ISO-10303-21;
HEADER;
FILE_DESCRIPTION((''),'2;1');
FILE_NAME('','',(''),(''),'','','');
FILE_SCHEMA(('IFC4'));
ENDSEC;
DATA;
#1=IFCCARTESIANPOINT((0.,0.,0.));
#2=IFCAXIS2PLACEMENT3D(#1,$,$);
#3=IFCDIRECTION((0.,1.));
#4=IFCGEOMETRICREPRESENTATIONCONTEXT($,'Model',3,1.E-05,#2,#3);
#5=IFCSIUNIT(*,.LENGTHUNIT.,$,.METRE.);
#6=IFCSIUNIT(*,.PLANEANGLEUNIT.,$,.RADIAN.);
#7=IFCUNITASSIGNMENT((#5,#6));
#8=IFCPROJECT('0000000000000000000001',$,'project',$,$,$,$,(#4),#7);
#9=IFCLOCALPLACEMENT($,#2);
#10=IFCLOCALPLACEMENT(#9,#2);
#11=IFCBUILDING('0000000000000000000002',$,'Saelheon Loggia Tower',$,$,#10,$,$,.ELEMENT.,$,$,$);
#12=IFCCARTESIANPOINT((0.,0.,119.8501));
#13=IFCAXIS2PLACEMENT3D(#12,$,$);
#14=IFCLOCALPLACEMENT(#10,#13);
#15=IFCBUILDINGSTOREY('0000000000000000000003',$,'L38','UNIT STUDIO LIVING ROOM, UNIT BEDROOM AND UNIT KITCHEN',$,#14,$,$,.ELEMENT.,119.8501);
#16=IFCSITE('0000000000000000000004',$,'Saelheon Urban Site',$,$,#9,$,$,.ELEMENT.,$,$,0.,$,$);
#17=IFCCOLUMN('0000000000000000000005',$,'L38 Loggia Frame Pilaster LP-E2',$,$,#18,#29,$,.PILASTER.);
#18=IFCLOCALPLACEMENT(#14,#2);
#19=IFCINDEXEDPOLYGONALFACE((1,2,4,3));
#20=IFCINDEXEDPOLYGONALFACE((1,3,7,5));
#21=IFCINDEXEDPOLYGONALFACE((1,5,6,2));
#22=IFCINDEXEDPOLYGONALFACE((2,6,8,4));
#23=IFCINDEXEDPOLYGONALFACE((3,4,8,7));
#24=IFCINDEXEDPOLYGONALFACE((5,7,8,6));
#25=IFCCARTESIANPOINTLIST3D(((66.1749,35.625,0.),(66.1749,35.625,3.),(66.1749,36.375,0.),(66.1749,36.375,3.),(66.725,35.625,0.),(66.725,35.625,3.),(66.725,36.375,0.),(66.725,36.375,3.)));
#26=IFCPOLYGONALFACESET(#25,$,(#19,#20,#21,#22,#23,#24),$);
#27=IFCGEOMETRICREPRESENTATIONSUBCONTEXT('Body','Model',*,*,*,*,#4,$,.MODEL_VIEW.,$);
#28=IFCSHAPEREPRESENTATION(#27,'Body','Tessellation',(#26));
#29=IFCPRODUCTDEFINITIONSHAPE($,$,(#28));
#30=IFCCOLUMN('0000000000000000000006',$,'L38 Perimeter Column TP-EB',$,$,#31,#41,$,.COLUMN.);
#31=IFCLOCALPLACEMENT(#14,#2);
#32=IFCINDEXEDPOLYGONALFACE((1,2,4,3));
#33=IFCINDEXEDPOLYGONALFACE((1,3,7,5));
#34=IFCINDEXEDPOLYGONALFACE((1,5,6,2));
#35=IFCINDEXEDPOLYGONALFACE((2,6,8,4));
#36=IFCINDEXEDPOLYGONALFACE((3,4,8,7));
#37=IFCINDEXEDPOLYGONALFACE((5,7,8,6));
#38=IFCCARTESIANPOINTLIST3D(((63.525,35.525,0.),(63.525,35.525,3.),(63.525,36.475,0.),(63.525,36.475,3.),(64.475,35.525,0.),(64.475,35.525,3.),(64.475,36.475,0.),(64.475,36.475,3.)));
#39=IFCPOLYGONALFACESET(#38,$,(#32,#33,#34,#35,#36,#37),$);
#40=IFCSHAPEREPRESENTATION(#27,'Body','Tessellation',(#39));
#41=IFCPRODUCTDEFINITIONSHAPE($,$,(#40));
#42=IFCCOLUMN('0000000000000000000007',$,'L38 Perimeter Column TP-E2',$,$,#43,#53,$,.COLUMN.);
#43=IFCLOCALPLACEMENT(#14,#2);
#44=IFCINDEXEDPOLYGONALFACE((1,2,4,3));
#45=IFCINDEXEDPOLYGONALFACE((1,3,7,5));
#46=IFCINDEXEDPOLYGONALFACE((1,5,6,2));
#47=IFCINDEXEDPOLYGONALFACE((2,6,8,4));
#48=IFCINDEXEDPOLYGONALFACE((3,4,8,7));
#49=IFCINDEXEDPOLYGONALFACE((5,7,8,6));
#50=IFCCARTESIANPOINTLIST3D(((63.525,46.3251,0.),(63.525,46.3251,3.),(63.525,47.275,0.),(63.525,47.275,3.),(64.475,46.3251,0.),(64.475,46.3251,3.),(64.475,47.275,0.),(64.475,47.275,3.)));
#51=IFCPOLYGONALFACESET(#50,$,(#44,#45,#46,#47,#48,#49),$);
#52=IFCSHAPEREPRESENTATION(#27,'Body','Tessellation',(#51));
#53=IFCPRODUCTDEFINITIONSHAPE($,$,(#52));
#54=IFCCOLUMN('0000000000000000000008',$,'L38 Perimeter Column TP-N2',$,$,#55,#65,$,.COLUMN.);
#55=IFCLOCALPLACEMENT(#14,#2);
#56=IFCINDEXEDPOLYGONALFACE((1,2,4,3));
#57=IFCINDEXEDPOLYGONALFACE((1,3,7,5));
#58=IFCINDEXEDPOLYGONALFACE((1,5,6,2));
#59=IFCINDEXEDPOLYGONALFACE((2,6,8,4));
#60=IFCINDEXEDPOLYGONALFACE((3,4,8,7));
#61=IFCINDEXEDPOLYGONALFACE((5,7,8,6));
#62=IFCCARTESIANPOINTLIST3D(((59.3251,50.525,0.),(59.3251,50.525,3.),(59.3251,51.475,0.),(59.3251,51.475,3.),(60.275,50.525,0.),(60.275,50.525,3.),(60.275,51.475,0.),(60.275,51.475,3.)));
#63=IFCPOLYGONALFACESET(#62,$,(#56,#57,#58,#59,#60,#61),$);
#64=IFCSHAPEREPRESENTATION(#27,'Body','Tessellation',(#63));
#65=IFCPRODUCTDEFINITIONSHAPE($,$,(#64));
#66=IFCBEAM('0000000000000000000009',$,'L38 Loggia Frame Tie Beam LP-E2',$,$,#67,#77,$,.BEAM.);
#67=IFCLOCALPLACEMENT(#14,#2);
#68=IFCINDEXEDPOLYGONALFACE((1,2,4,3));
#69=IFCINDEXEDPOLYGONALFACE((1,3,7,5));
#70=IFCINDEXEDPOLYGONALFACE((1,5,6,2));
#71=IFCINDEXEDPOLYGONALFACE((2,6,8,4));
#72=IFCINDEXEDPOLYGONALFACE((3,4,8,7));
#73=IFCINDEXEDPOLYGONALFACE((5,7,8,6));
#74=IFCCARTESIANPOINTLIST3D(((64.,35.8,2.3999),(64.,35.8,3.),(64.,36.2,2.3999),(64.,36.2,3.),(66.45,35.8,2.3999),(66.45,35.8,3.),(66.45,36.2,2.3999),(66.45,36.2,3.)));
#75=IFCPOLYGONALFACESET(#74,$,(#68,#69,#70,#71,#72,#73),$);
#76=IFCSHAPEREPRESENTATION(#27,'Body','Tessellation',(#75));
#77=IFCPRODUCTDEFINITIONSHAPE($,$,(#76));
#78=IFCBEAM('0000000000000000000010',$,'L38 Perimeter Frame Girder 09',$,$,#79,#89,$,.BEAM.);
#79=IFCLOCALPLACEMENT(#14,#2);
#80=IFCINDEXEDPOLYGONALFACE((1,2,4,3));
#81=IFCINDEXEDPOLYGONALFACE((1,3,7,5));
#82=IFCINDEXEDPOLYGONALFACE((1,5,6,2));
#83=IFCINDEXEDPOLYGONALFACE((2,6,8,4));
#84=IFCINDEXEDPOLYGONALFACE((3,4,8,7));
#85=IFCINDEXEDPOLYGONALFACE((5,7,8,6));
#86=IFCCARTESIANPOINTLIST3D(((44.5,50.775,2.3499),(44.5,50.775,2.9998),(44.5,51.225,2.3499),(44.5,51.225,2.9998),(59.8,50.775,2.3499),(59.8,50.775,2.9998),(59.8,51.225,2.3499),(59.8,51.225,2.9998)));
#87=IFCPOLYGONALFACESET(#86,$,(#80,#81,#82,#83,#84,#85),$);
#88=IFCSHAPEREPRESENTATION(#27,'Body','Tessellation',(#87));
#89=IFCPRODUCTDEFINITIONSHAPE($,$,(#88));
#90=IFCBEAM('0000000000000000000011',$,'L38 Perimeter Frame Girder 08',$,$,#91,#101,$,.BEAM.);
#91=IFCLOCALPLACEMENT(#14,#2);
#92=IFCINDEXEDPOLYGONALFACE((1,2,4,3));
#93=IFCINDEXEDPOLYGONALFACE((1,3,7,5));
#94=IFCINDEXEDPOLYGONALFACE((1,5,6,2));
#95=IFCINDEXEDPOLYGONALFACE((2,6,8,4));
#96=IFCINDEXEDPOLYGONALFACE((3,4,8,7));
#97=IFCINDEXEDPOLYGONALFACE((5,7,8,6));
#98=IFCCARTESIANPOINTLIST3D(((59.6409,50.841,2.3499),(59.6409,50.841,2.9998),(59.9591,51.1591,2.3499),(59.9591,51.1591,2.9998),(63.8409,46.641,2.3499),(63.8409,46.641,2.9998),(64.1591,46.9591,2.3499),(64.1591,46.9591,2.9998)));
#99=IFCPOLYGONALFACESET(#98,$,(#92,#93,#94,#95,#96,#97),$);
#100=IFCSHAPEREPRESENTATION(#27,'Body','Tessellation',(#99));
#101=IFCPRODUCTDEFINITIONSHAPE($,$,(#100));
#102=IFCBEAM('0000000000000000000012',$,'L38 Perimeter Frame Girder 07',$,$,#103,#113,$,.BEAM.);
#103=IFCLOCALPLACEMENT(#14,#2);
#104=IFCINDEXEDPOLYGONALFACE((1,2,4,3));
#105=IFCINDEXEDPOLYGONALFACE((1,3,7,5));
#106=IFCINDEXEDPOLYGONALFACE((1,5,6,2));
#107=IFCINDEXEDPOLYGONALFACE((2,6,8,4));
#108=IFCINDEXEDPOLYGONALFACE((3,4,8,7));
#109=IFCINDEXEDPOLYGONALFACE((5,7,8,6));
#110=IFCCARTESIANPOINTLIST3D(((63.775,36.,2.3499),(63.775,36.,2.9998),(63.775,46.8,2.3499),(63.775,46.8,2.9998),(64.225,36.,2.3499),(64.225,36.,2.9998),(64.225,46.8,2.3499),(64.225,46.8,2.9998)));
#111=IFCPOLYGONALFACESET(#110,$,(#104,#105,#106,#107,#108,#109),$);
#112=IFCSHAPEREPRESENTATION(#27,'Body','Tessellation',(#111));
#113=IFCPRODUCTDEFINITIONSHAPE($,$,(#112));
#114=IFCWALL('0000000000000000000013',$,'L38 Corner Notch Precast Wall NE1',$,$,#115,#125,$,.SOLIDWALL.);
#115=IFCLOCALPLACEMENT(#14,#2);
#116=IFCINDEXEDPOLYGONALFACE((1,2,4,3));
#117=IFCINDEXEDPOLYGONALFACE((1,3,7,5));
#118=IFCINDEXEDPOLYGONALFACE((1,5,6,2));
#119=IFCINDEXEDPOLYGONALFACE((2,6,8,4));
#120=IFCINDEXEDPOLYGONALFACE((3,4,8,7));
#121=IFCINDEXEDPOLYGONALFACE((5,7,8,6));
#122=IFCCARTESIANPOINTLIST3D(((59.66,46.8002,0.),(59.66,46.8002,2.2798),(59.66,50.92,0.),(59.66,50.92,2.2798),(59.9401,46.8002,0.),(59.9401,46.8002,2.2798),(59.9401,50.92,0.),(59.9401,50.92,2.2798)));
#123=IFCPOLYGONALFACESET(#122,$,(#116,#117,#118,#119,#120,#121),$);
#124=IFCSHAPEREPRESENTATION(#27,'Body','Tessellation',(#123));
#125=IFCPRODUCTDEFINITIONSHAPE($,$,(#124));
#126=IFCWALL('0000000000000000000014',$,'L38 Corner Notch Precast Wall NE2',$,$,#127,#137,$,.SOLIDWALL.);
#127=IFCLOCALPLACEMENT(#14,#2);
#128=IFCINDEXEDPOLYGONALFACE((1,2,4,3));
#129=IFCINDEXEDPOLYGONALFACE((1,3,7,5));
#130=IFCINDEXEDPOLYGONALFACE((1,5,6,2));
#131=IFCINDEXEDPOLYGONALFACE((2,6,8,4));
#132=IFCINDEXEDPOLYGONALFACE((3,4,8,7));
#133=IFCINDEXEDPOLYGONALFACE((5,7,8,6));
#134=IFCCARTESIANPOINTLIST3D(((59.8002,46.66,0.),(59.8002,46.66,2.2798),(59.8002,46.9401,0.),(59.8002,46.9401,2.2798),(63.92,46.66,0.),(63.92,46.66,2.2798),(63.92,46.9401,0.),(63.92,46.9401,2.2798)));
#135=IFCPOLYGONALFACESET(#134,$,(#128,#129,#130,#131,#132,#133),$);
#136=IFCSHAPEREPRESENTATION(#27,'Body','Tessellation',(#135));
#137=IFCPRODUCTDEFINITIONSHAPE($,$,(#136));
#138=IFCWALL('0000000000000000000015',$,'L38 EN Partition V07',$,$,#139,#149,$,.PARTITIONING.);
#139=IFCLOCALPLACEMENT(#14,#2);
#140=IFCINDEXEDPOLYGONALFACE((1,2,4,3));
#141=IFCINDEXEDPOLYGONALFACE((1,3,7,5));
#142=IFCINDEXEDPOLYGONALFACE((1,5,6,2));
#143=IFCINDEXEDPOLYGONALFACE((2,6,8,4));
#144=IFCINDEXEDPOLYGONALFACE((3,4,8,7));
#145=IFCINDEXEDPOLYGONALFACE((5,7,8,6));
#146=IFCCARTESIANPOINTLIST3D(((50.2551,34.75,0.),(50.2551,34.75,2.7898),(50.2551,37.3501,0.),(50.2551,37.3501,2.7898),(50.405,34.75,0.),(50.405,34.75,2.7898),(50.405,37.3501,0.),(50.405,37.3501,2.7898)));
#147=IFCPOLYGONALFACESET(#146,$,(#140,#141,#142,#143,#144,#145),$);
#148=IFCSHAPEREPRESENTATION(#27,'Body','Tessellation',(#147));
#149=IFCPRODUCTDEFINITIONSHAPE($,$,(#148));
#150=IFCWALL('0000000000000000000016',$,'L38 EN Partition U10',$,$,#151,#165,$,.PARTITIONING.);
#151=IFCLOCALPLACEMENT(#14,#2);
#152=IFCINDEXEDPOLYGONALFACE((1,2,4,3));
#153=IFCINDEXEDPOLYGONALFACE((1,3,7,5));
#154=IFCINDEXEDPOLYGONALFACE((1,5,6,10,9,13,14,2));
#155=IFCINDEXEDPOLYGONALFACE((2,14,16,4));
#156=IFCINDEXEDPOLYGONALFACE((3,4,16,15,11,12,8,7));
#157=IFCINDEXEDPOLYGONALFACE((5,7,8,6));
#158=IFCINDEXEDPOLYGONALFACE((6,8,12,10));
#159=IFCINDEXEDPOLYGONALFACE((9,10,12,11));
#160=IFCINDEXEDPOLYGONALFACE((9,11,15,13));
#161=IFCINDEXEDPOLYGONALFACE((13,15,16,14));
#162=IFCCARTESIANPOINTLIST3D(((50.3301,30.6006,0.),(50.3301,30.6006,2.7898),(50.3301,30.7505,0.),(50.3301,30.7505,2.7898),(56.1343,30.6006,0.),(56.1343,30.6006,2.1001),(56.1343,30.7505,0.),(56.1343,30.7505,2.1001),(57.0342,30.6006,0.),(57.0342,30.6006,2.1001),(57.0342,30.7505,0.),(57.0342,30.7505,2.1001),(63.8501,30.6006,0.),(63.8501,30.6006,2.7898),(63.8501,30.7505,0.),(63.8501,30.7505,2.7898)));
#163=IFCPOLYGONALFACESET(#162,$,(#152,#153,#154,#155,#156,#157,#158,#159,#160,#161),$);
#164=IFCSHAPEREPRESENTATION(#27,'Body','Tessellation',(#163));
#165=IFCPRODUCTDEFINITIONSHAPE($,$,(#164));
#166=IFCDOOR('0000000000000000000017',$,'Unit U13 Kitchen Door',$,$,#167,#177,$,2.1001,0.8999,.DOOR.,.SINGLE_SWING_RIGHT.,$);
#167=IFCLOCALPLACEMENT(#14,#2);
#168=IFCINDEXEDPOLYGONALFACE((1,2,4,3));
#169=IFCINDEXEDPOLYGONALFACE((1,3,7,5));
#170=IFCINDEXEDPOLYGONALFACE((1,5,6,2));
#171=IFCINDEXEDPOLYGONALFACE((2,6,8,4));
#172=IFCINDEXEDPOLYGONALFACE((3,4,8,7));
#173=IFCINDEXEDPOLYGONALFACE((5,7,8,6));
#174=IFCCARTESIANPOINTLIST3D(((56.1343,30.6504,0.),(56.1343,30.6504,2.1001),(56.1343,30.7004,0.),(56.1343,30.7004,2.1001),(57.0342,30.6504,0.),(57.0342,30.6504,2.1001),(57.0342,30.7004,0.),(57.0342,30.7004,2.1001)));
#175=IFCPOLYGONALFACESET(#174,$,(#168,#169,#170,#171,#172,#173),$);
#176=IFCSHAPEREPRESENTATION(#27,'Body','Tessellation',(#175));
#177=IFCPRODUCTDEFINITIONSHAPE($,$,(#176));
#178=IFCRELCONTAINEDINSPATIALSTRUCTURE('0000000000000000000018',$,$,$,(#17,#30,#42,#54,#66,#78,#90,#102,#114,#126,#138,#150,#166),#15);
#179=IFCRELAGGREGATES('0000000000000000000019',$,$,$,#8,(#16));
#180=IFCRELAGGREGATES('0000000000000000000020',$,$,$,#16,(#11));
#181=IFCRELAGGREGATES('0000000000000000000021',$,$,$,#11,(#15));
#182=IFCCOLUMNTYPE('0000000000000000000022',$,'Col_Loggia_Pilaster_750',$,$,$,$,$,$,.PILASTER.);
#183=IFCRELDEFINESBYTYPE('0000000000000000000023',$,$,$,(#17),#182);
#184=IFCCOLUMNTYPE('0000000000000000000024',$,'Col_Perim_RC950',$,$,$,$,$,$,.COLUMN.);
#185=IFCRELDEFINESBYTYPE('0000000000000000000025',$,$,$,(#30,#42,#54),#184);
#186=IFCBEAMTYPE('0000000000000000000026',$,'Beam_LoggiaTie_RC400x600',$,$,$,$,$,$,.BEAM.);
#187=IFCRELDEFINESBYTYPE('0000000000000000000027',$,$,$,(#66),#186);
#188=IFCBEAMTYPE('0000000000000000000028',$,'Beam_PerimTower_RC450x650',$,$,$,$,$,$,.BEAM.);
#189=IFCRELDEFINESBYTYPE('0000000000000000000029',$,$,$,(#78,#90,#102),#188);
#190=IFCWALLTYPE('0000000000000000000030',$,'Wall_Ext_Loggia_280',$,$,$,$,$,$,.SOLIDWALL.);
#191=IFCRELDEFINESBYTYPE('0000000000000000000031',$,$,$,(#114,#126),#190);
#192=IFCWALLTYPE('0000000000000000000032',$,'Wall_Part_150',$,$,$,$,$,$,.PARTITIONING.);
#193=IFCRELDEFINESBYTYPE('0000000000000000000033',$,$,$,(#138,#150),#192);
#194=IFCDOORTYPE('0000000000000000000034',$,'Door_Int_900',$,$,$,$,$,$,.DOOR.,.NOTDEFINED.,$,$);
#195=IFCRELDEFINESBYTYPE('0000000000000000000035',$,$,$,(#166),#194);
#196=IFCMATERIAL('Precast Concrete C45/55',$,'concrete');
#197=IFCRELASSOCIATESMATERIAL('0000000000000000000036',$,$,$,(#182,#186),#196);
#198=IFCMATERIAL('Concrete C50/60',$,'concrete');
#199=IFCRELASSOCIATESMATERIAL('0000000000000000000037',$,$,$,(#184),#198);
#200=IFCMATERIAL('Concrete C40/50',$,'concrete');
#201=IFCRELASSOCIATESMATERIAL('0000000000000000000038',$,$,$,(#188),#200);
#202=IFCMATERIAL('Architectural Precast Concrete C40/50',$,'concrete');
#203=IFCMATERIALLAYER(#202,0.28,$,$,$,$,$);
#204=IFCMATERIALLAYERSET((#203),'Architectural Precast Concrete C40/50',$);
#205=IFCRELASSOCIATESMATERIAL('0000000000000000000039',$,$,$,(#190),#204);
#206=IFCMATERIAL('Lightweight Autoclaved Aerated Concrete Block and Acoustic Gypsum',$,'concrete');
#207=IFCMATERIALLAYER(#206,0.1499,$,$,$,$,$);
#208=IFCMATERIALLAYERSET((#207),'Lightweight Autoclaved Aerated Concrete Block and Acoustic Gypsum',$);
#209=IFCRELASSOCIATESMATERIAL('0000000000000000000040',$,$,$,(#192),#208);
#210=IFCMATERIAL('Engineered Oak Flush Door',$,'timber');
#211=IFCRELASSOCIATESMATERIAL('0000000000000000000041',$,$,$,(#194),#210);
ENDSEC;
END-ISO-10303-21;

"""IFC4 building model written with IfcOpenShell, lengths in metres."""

from ifc_helpers import new_model, si_unit, direction, frame, frame_2d, origin, origin_2d, place, context, subcontext, project, spatial, rectangle, extrude, source, transform, mapped, material, layer, layer_set, material_profile, profile_set, type_object, element, fill, save


model = new_model("IFC4")

# Units and contexts
model_context = context("Model", 3, precision=1e-05, world=origin(), true_north=direction((0.0, 1.0)))
body_context = subcontext(model_context, "Body", "Model", "MODEL_VIEW")
ifc_project = project(units=[si_unit("LENGTHUNIT", "METRE"), si_unit("PLANEANGLEUNIT", "RADIAN")], contexts=[model_context])

# Site, building, storey
site_placement = place(None, origin())
site = spatial("IfcSite", under=ifc_project, at=site_placement, Name="Saelheon Urban Site", CompositionType="ELEMENT", RefElevation=0.0)
building_placement = place(site_placement, origin())
building = spatial("IfcBuilding", under=site, at=building_placement, Name="Saelheon Loggia Tower", CompositionType="ELEMENT")
storey_placement = place(building_placement, frame((0.0, 0.0, 119.8501)))
storey = spatial("IfcBuildingStorey", under=building, at=storey_placement, Name="L38", Description="UNIT STUDIO LIVING ROOM, UNIT BEDROOM AND UNIT KITCHEN", CompositionType="ELEMENT", Elevation=119.8501)

# Columns
ifc_material_1 = material(Name="Precast Concrete C45/55", Category="concrete")
ifc_material_profile_1 = material_profile(ifc_material_1, rectangle(XDim=0.55, YDim=0.75, at=origin_2d()), Name="RC-550x750")
ifc_profile_set_1 = profile_set([ifc_material_profile_1], Name="Precast Concrete C45/55")
column_type_1 = type_object("IfcColumnType", Name="Col_Loggia_Pilaster_750", PredefinedType="PILASTER", material=ifc_profile_set_1)
shared_shape_1 = source(origin(), body_context, "Body", "SweptSolid", [
    extrude(rectangle(XDim=0.55, YDim=0.75, at=origin_2d()), origin(), (0.0, 0.0, 1.0), 3.0),
])
column_placement = place(storey_placement, frame((66.45, 36.0, 0.0), z_axis=(0.0, 0.0, 1.0), x_axis=(1.0, 0.0, 0.0)))
element("IfcColumn", 1, at=column_placement, inside=storey, type_object=column_type_1, Name="L38 Loggia Frame Pilaster LP-E2", PredefinedType="PILASTER", context=body_context, shape_type="MappedRepresentation", body=[
    mapped(shared_shape_1, transform((0.0, 0.0, 0.0), scale=1.0)),
])
ifc_material_2 = material(Name="Concrete C50/60", Category="concrete")
ifc_material_profile_2 = material_profile(ifc_material_2, rectangle(XDim=0.95, YDim=0.95, at=origin_2d()), Name="RC-950x950")
ifc_profile_set_2 = profile_set([ifc_material_profile_2], Name="Concrete C50/60")
column_type_2 = type_object("IfcColumnType", Name="Col_Perim_RC950", PredefinedType="COLUMN", material=ifc_profile_set_2)
shared_shape_2 = source(origin(), body_context, "Body", "SweptSolid", [
    extrude(rectangle(XDim=0.95, YDim=0.95, at=origin_2d()), origin(), (0.0, 0.0, 1.0), 3.0),
])
for number, where, z_axis, x_axis, name in (
    (2, (64.0, 36.0, 0.0), (0.0, 0.0, 1.0), (1.0, 0.0, 0.0), "L38 Perimeter Column TP-EB"),
    (3, (64.0, 46.8, 0.0), (0.0, 0.0, 1.0), (1.0, 0.0, 0.0), "L38 Perimeter Column TP-E2"),
    (4, (59.8, 51.0, 0.0), (0.0, 0.0, 1.0), (1.0, 0.0, 0.0), "L38 Perimeter Column TP-N2"),
):
    element("IfcColumn", number, at=place(storey_placement, frame(where, z_axis=z_axis, x_axis=x_axis)), inside=storey, type_object=column_type_2, Name=name, PredefinedType="COLUMN", context=body_context, shape_type="MappedRepresentation", body=[
        mapped(shared_shape_2, transform((0.0, 0.0, 0.0), scale=1.0)),
    ])

# Beams
ifc_material_profile_3 = material_profile(ifc_material_1, rectangle(XDim=0.3999, YDim=0.6001, at=origin_2d()), Name="RC-400x600")
ifc_profile_set_3 = profile_set([ifc_material_profile_3], Name="Precast Concrete C45/55")
beam_type_1 = type_object("IfcBeamType", Name="Beam_LoggiaTie_RC400x600", PredefinedType="BEAM", material=ifc_profile_set_3)
shared_shape_3 = source(origin(), body_context, "Body", "SweptSolid", [
    extrude(rectangle(XDim=0.3999, YDim=0.6001, at=origin_2d()), origin(), (0.0, 0.0, 1.0), 2.45),
])
beam_1_placement = place(storey_placement, frame((64.0, 36.0, 2.7), z_axis=(1.0, 0.0, 0.0), x_axis=(0.0, 1.0, 0.0)))
element("IfcBeam", 5, at=beam_1_placement, inside=storey, type_object=beam_type_1, Name="L38 Loggia Frame Tie Beam LP-E2", PredefinedType="BEAM", context=body_context, shape_type="MappedRepresentation", body=[
    mapped(shared_shape_3, transform((0.0, 0.0, 0.0), scale=1.0)),
])
ifc_material_3 = material(Name="Concrete C40/50", Category="concrete")
ifc_material_profile_4 = material_profile(ifc_material_3, rectangle(XDim=0.45, YDim=0.6499, at=origin_2d()), Name="RC-450x650")
ifc_profile_set_4 = profile_set([ifc_material_profile_4], Name="Concrete C40/50")
beam_type_2 = type_object("IfcBeamType", Name="Beam_PerimTower_RC450x650", PredefinedType="BEAM", material=ifc_profile_set_4)
shared_shape_4 = source(origin(), body_context, "Body", "SweptSolid", [
    extrude(rectangle(XDim=0.45, YDim=0.6499, at=origin_2d()), origin(), (0.0, 0.0, 1.0), 15.3),
])
beam_2_placement = place(storey_placement, frame((59.8, 51.0, 2.6748), z_axis=(-1.0, 0.0, 0.0), x_axis=(0.0, -1.0, 0.0)))
element("IfcBeam", 6, at=beam_2_placement, inside=storey, type_object=beam_type_2, Name="L38 Perimeter Frame Girder 09", PredefinedType="BEAM", context=body_context, shape_type="MappedRepresentation", body=[
    mapped(shared_shape_4, transform((0.0, 0.0, 0.0), scale=1.0)),
])
shared_shape_5 = source(origin(), body_context, "Body", "SweptSolid", [
    extrude(rectangle(XDim=0.45, YDim=0.6499, at=origin_2d()), origin(), (0.0, 0.0, 1.0), 5.9397),
])
beam_3_placement = place(storey_placement, frame((64.0, 46.8, 2.6748), z_axis=(-0.707107, 0.707107, 0.0), x_axis=(-0.707107, -0.707107, 0.0)))
element("IfcBeam", 7, at=beam_3_placement, inside=storey, type_object=beam_type_2, Name="L38 Perimeter Frame Girder 08", PredefinedType="BEAM", context=body_context, shape_type="MappedRepresentation", body=[
    mapped(shared_shape_5, transform((0.0, 0.0, 0.0), scale=1.0)),
])
shared_shape_6 = source(origin(), body_context, "Body", "SweptSolid", [
    extrude(rectangle(XDim=0.45, YDim=0.6499, at=origin_2d()), origin(), (0.0, 0.0, 1.0), 10.8),
])
beam_4_placement = place(storey_placement, frame((64.0, 36.0, 2.6748), z_axis=(0.0, 1.0, 0.0), x_axis=(-1.0, 0.0, 0.0)))
element("IfcBeam", 8, at=beam_4_placement, inside=storey, type_object=beam_type_2, Name="L38 Perimeter Frame Girder 07", PredefinedType="BEAM", context=body_context, shape_type="MappedRepresentation", body=[
    mapped(shared_shape_6, transform((0.0, 0.0, 0.0), scale=1.0)),
])

# Walls
ifc_material_4 = material(Name="Architectural Precast Concrete C40/50", Category="concrete")
ifc_layer_1 = layer(ifc_material_4, 0.28)
ifc_layer_set_1 = layer_set([ifc_layer_1], Name="Architectural Precast Concrete C40/50")
wall_type_1 = type_object("IfcWallType", Name="Wall_Ext_Loggia_280", PredefinedType="SOLIDWALL", material=ifc_layer_set_1)
for number, where, z_axis, x_axis, name in (
    (9, (59.8, 46.8, 0.0), (0.0, 0.0, 1.0), (0.0, 1.0, 0.0), "L38 Corner Notch Precast Wall NE1"),
    (10, (59.8, 46.8, 0.0), (0.0, 0.0, 1.0), (1.0, 0.0, 0.0), "L38 Corner Notch Precast Wall NE2"),
):
    element("IfcWall", number, at=place(storey_placement, frame(where, z_axis=z_axis, x_axis=x_axis)), inside=storey, type_object=wall_type_1, Name=name, PredefinedType="SOLIDWALL", context=body_context, shape_type="SweptSolid", body=[
        extrude(rectangle(XDim=4.1199, YDim=0.28, at=frame_2d((2.0601, 0.0))), origin(), (0.0, 0.0, 1.0), 2.2798),
    ])
ifc_material_5 = material(Name="Lightweight Autoclaved Aerated Concrete Block and Acoustic Gypsum", Category="concrete")
ifc_layer_2 = layer(ifc_material_5, 0.1499)
ifc_layer_set_2 = layer_set([ifc_layer_2], Name="Lightweight Autoclaved Aerated Concrete Block and Acoustic Gypsum")
wall_type_2 = type_object("IfcWallType", Name="Wall_Part_150", PredefinedType="PARTITIONING", material=ifc_layer_set_2)
wall_1_placement = place(storey_placement, frame((50.3301, 34.75, 0.0), z_axis=(0.0, 0.0, 1.0), x_axis=(0.0, 1.0, 0.0)))
element("IfcWall", 11, at=wall_1_placement, inside=storey, type_object=wall_type_2, Name="L38 EN Partition V07", PredefinedType="PARTITIONING", context=body_context, shape_type="SweptSolid", body=[
    extrude(rectangle(XDim=2.6001, YDim=0.1499, at=frame_2d((1.3, 0.0))), origin(), (0.0, 0.0, 1.0), 2.7898),
])

# Wall, opening, door
wall_2_placement = place(storey_placement, frame((50.3301, 30.6755, 0.0), z_axis=(0.0, 0.0, 1.0), x_axis=(1.0, 0.0, 0.0)))
wall_2 = element("IfcWall", 12, at=wall_2_placement, inside=storey, type_object=wall_type_2, Name="L38 EN Partition U10", PredefinedType="PARTITIONING", context=body_context, shape_type="SweptSolid", body=[
    extrude(rectangle(XDim=13.52, YDim=0.1499, at=frame_2d((6.76, 0.0))), origin(), (0.0, 0.0, 1.0), 2.7898),
])
opening_1_placement = place(wall_2_placement, frame((5.8042, 0.0, 0.0)))
opening_1 = element("IfcOpeningElement", 13, at=opening_1_placement, cuts=wall_2, PredefinedType="OPENING", context=body_context, shape_type="SweptSolid", body=[
    extrude(rectangle(XDim=0.8999, YDim=2.1001, at=frame_2d((0.45, 1.05))), frame((0.0, 0.0869, 0.0), z_axis=(0.0, -1.0, 0.0), x_axis=(1.0, 0.0, 0.0)), (0.0, 0.0, 1.0), 0.1738),
])
ifc_material_6 = material(Name="Engineered Oak Flush Door", Category="timber")
door_type = type_object("IfcDoorType", Name="Door_Int_900", OperationType="NOTDEFINED", PredefinedType="DOOR", material=ifc_material_6)
shared_shape_7 = source(origin(), body_context, "Body", "SweptSolid", [
    extrude(rectangle(XDim=0.8999, YDim=2.1001, at=frame_2d((0.45, 1.05))), frame((0.0, 0.0249, 0.0), z_axis=(0.0, -1.0, 0.0), x_axis=(1.0, 0.0, 0.0)), (0.0, 0.0, 1.0), 0.05),
])
door_1_placement = place(opening_1_placement, origin())
door_1 = element("IfcDoor", 14, at=door_1_placement, inside=storey, type_object=door_type, Name="Unit U13 Kitchen Door", OperationType="SINGLE_SWING_RIGHT", OverallHeight=2.1001, OverallWidth=0.8999, PredefinedType="DOOR", context=body_context, shape_type="MappedRepresentation", body=[
    mapped(shared_shape_7, transform((0.0, 0.0, 0.0), scale=1.0)),
])
fill(opening_1, door_1)

save(model, "model.ifc")
